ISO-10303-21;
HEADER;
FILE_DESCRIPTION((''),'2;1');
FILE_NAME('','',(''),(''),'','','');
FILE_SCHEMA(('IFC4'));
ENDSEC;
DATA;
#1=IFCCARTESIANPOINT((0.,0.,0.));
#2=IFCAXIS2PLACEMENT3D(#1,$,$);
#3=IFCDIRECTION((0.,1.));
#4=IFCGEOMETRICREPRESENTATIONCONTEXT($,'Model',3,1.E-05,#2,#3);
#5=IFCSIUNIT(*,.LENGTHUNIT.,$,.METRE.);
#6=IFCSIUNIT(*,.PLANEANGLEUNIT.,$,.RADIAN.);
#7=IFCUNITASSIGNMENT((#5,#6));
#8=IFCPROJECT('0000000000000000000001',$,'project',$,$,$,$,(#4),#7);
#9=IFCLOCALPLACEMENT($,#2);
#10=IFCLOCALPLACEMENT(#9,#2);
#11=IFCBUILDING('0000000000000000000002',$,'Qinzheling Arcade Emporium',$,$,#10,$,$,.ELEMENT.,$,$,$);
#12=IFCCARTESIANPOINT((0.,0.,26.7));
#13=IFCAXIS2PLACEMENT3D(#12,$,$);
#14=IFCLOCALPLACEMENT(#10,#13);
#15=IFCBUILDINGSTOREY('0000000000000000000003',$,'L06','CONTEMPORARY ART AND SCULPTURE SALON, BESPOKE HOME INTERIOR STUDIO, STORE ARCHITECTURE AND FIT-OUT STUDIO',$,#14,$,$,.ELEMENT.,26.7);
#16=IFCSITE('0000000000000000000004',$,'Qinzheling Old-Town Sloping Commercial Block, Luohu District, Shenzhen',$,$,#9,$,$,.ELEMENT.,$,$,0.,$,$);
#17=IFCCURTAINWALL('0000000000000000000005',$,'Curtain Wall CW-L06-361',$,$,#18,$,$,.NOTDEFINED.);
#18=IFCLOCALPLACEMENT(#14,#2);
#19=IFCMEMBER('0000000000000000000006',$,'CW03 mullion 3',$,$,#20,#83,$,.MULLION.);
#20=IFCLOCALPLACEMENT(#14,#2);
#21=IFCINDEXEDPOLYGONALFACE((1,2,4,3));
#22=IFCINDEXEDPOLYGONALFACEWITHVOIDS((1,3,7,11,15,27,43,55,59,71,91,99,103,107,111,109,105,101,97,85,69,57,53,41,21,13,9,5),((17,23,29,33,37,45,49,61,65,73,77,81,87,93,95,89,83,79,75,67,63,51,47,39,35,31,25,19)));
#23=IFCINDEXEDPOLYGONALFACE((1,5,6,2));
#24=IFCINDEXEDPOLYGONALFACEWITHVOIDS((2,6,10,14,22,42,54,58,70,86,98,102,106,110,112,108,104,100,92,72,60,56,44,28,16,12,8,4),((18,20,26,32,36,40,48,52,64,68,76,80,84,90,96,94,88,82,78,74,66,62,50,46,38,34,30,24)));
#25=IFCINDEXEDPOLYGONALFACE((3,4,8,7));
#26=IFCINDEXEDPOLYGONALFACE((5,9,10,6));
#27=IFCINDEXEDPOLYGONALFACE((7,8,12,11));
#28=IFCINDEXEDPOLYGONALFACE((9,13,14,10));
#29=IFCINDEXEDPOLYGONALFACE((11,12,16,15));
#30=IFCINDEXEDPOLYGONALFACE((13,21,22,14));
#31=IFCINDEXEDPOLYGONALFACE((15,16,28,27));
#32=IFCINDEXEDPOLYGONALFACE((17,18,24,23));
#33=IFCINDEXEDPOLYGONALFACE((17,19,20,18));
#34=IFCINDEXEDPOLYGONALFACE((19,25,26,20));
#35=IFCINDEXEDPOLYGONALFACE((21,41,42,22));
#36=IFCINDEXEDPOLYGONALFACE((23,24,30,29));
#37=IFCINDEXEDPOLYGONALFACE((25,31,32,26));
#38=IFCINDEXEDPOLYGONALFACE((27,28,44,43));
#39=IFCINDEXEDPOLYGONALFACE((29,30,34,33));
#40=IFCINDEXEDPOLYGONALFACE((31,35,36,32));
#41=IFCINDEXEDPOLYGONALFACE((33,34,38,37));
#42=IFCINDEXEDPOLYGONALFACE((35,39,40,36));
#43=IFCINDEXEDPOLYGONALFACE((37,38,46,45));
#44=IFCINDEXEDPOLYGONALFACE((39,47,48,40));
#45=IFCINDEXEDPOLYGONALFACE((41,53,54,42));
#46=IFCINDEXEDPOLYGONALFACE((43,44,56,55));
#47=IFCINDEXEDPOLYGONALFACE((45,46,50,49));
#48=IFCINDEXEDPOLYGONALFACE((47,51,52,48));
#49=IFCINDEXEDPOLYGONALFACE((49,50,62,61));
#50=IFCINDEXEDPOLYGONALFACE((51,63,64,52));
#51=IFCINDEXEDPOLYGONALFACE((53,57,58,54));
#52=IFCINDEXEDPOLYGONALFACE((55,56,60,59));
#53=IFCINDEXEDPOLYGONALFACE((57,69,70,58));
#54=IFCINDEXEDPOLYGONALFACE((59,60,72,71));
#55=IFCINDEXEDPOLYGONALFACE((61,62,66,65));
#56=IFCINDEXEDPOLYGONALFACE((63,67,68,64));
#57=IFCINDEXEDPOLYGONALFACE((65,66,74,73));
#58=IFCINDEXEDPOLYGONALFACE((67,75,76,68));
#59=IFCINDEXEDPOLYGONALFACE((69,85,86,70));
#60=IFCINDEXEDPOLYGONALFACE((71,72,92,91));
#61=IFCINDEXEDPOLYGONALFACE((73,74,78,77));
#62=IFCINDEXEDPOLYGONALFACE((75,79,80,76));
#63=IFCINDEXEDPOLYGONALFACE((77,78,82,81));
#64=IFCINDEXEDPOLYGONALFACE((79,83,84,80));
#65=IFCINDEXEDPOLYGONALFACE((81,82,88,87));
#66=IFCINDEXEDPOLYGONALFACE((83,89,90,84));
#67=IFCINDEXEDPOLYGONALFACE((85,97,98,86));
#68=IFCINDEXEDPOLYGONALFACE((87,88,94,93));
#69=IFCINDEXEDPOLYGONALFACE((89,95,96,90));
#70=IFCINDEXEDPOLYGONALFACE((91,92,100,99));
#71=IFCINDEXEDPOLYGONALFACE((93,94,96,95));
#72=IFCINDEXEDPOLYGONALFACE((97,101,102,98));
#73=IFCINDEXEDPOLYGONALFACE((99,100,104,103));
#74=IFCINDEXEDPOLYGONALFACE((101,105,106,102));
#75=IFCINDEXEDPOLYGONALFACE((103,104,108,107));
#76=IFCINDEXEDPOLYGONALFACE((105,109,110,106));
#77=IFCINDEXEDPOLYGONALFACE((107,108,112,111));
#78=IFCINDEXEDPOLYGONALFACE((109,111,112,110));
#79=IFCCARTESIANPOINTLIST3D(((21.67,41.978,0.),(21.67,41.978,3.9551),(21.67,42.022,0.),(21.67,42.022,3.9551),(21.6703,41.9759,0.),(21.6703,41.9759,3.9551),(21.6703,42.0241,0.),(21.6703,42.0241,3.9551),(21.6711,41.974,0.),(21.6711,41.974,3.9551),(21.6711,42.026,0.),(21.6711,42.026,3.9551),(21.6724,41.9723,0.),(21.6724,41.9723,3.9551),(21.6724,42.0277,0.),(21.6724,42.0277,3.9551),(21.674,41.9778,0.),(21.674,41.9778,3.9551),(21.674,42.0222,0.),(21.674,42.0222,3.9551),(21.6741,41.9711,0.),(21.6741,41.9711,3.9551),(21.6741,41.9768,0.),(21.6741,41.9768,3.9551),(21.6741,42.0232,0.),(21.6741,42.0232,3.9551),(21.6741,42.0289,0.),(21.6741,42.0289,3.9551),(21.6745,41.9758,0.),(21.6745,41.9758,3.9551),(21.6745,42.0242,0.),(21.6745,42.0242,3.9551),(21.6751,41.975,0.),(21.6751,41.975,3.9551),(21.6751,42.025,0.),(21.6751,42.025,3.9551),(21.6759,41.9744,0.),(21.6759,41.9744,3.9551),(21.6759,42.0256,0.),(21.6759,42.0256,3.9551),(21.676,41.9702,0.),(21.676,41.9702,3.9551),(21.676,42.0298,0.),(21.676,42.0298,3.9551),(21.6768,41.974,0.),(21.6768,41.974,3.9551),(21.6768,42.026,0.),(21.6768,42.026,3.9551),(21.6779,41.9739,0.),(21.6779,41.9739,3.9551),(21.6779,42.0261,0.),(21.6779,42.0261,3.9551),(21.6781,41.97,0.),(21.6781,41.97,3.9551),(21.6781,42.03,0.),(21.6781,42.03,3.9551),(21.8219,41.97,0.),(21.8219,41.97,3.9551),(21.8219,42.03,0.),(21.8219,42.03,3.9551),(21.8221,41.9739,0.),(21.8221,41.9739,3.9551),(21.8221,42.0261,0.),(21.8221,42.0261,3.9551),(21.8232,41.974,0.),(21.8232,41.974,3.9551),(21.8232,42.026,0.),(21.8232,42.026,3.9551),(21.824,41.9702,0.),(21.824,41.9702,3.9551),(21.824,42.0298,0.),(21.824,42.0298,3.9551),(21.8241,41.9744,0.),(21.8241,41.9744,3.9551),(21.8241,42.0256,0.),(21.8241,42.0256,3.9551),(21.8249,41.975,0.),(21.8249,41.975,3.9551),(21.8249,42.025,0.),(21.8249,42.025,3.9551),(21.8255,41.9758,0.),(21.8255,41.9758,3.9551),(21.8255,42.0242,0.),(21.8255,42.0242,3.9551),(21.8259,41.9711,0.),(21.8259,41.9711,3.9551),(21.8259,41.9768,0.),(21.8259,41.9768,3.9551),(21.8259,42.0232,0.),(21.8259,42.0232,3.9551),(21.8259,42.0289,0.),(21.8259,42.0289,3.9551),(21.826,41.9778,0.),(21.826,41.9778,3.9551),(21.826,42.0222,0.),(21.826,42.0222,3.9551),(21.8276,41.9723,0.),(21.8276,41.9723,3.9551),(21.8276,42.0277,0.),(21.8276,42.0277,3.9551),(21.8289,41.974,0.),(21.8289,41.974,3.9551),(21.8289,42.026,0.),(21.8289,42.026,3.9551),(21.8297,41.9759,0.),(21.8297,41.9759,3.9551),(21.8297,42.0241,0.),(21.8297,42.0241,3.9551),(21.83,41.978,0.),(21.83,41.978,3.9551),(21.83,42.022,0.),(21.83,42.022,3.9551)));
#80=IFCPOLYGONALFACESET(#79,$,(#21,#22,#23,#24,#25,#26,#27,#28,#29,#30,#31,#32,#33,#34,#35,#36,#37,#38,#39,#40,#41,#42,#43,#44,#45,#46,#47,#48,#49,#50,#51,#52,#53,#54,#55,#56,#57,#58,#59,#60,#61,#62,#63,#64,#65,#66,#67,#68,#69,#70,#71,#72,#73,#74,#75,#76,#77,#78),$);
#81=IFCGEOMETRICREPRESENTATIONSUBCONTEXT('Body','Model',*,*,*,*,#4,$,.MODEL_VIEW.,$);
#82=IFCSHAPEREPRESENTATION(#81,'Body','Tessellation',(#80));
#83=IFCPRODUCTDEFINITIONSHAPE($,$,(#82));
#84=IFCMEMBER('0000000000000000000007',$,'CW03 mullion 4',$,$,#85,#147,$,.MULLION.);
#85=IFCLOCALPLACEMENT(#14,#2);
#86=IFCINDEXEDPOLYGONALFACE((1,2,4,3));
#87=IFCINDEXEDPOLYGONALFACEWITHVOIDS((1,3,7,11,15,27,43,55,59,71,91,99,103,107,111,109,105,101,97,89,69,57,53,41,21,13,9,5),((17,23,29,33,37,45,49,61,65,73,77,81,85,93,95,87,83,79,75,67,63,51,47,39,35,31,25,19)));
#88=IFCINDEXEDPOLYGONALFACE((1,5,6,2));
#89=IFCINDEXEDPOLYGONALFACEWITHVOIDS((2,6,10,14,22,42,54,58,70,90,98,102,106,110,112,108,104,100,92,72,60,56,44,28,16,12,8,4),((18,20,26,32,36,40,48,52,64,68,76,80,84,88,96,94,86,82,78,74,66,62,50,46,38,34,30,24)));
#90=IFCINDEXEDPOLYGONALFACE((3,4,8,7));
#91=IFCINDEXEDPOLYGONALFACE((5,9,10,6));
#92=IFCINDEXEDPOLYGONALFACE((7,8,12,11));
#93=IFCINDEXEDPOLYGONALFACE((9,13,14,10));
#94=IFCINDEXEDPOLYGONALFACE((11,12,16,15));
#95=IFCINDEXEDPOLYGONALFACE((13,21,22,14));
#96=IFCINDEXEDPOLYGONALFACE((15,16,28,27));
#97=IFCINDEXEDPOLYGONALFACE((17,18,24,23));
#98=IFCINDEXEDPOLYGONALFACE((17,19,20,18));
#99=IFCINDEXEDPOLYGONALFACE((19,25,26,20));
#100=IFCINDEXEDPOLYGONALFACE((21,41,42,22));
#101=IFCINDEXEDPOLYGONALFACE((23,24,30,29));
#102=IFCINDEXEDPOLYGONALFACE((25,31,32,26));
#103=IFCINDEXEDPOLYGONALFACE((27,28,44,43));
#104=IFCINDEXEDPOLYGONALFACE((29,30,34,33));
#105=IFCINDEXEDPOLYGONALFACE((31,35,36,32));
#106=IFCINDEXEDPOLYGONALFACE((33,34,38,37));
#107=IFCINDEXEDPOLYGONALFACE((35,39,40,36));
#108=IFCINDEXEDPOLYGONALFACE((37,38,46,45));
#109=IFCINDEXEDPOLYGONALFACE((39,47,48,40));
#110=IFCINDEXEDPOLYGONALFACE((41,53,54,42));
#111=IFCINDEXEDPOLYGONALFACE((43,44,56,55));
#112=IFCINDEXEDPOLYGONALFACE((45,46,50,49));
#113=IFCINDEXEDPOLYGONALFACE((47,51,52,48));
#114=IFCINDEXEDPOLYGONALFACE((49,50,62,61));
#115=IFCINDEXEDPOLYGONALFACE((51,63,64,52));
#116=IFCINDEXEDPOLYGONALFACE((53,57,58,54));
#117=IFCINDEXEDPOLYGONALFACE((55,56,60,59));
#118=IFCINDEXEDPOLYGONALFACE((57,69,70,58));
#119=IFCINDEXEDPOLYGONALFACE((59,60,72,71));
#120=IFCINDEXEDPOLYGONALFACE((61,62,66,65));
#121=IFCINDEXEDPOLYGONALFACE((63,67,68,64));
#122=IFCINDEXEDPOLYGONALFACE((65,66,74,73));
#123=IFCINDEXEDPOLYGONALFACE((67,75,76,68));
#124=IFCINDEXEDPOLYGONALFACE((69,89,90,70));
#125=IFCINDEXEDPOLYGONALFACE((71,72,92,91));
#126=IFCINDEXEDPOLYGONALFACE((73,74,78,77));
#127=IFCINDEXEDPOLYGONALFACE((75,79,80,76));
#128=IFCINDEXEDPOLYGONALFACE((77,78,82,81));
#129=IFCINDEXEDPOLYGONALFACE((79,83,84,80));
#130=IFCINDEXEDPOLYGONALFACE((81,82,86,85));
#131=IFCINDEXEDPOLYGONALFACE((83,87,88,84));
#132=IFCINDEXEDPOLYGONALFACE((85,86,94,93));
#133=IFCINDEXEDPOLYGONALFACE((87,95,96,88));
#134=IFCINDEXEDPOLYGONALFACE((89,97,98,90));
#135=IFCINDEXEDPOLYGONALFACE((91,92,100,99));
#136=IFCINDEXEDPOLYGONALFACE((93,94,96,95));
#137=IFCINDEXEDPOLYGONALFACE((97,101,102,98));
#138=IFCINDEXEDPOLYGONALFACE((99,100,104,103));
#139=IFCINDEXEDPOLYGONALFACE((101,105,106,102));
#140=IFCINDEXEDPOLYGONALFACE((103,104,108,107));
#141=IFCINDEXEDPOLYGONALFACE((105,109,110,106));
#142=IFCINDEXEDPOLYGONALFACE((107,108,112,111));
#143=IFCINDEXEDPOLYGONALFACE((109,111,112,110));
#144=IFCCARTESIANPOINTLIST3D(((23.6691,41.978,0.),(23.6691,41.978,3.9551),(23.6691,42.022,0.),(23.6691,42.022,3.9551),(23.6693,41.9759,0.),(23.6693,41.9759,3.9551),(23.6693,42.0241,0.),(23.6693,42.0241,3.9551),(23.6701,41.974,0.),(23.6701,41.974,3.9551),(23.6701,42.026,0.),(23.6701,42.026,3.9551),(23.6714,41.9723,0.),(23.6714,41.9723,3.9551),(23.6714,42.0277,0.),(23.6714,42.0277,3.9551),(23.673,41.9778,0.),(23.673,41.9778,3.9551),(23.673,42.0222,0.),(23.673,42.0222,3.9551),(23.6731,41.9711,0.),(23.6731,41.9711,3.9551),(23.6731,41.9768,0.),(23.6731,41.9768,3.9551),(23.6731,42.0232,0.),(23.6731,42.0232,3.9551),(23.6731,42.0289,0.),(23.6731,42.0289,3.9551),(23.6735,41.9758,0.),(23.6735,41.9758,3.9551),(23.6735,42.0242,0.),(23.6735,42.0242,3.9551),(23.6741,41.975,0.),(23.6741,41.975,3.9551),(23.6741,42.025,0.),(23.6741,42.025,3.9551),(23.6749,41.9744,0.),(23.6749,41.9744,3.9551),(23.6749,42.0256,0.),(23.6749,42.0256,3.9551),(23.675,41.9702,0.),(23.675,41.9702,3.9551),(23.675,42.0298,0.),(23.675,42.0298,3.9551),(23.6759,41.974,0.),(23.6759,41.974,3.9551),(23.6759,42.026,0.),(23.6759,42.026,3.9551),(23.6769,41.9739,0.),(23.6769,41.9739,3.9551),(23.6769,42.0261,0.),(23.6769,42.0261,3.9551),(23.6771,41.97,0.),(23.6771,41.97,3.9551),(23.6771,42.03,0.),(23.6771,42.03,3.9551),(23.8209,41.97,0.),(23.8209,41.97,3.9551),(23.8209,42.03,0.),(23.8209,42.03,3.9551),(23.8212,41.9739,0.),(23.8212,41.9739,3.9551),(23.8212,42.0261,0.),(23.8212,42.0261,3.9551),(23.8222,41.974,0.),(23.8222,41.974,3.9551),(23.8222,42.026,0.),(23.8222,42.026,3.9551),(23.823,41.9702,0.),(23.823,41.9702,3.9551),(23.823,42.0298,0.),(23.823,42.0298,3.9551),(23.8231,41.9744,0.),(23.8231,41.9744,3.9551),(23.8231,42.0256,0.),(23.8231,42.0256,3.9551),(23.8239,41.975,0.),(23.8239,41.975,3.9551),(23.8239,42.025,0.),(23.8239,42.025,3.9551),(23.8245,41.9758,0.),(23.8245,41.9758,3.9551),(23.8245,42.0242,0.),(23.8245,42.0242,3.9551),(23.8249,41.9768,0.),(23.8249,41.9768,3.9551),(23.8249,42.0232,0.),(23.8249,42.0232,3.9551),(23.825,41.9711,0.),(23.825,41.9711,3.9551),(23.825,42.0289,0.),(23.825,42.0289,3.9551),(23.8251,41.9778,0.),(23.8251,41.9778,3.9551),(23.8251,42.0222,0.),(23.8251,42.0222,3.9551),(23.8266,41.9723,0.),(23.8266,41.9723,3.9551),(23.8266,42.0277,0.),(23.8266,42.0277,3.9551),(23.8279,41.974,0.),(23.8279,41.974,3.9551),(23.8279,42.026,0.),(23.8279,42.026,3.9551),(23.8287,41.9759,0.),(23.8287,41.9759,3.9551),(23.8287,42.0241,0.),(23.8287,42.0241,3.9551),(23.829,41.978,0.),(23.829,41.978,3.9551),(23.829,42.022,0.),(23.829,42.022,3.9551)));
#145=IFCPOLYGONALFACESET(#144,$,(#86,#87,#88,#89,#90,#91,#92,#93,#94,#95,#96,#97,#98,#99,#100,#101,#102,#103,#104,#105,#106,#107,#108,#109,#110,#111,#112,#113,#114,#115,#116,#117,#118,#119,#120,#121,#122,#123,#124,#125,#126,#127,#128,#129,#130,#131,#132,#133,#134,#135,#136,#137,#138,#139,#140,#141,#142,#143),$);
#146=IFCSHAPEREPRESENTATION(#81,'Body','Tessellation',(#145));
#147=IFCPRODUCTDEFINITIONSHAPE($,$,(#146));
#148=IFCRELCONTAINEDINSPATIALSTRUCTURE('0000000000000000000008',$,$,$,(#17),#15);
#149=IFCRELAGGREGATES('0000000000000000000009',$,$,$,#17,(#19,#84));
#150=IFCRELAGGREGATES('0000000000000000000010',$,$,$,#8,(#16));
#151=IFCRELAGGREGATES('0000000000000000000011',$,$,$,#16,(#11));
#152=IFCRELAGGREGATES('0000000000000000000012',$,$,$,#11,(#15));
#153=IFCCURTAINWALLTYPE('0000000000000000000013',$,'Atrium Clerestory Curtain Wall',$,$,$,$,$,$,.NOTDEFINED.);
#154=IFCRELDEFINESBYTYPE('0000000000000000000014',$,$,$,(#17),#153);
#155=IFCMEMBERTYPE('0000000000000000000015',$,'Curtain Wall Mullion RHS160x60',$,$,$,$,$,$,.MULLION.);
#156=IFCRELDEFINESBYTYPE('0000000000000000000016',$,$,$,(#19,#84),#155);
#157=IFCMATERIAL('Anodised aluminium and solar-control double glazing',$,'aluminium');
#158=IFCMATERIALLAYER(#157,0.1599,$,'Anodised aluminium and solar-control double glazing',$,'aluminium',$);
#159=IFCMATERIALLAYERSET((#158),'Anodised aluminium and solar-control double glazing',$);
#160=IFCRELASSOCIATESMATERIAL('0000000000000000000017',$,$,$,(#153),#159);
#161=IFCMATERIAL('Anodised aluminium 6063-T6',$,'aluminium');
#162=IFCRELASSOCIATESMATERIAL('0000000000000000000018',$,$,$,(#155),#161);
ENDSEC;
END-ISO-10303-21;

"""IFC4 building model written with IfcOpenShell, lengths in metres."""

from ifc_helpers import new_model, si_unit, direction, frame, origin, origin_2d, place, context, subcontext, project, spatial, hollow_rectangle, extrude, material, layer, layer_set, material_profile, profile_set, type_object, element, aggregate, save


model = new_model("IFC4")

# Units and contexts
model_context = context("Model", 3, precision=1e-05, world=origin(), true_north=direction((0.0, 1.0)))
body_context = subcontext(model_context, "Body", "Model", "MODEL_VIEW")
ifc_project = project(units=[si_unit("LENGTHUNIT", "METRE"), si_unit("PLANEANGLEUNIT", "RADIAN")], contexts=[model_context])

# Site, building, storey
site_placement = place(None, origin())
site = spatial("IfcSite", under=ifc_project, at=site_placement, Name="Qinzheling Old-Town Sloping Commercial Block, Luohu District, Shenzhen", CompositionType="ELEMENT", RefElevation=0.0)
building_placement = place(site_placement, origin())
building = spatial("IfcBuilding", under=site, at=building_placement, Name="Qinzheling Arcade Emporium", CompositionType="ELEMENT")
storey_placement = place(building_placement, frame((0.0, 0.0, 26.7)))
storey = spatial("IfcBuildingStorey", under=building, at=storey_placement, Name="L06", Description="CONTEMPORARY ART AND SCULPTURE SALON, BESPOKE HOME INTERIOR STUDIO, STORE ARCHITECTURE AND FIT-OUT STUDIO", CompositionType="ELEMENT", Elevation=26.7)

# Curtain wall, members
ifc_material_1 = material(Name="Anodised aluminium and solar-control double glazing", Category="aluminium")
ifc_layer_1 = layer(ifc_material_1, 0.1599, Name="Anodised aluminium and solar-control double glazing", Category="aluminium")
ifc_layer_set_1 = layer_set([ifc_layer_1], Name="Anodised aluminium and solar-control double glazing")
curtain_wall_type = type_object("IfcCurtainWallType", Name="Atrium Clerestory Curtain Wall", PredefinedType="NOTDEFINED", material=ifc_layer_set_1)
curtain_wall_placement = place(storey_placement, origin())
curtain_wall = element("IfcCurtainWall", 1, at=curtain_wall_placement, inside=storey, type_object=curtain_wall_type, Name="Curtain Wall CW-L06-361", PredefinedType="NOTDEFINED")
ifc_material_2 = material(Name="Anodised aluminium 6063-T6", Category="aluminium")
ifc_material_profile_1 = material_profile(ifc_material_2, hollow_rectangle(XDim=0.0601, YDim=0.1599, WallThickness=0.0039, InnerFilletRadius=0.0039, OuterFilletRadius=0.0081, at=origin_2d()), Name="RHS 160x60x4", Category="aluminium")
ifc_profile_set_1 = profile_set([ifc_material_profile_1], Name="Anodised aluminium 6063-T6")
member_type_1 = type_object("IfcMemberType", Name="Curtain Wall Mullion RHS160x60", PredefinedType="MULLION", material=ifc_profile_set_1)
member_1_placement = place(storey_placement, frame((21.75, 42.0, 0.0), z_axis=(0.0, 0.0, 1.0), x_axis=(0.0, 1.0, 0.0)))
member_1 = element("IfcMember", 2, at=member_1_placement, type_object=member_type_1, Name="CW03 mullion 3", PredefinedType="MULLION", context=body_context, shape_type="SweptSolid", body=[
    extrude(hollow_rectangle(XDim=0.0601, YDim=0.1599, WallThickness=0.0039, InnerFilletRadius=0.0039, OuterFilletRadius=0.0081, at=origin_2d()), origin(), (0.0, 0.0, 1.0), 3.9551),
])
member_2_placement = place(storey_placement, frame((23.749, 42.0, 0.0), z_axis=(0.0, 0.0, 1.0), x_axis=(0.0, 1.0, 0.0)))
member_2 = element("IfcMember", 3, at=member_2_placement, type_object=member_type_1, Name="CW03 mullion 4", PredefinedType="MULLION", context=body_context, shape_type="SweptSolid", body=[
    extrude(hollow_rectangle(XDim=0.0601, YDim=0.1599, WallThickness=0.0039, InnerFilletRadius=0.0039, OuterFilletRadius=0.0081, at=origin_2d()), origin(), (0.0, 0.0, 1.0), 3.9551),
])

aggregate(curtain_wall, [member_1, member_2])

save(model, "model.ifc")
